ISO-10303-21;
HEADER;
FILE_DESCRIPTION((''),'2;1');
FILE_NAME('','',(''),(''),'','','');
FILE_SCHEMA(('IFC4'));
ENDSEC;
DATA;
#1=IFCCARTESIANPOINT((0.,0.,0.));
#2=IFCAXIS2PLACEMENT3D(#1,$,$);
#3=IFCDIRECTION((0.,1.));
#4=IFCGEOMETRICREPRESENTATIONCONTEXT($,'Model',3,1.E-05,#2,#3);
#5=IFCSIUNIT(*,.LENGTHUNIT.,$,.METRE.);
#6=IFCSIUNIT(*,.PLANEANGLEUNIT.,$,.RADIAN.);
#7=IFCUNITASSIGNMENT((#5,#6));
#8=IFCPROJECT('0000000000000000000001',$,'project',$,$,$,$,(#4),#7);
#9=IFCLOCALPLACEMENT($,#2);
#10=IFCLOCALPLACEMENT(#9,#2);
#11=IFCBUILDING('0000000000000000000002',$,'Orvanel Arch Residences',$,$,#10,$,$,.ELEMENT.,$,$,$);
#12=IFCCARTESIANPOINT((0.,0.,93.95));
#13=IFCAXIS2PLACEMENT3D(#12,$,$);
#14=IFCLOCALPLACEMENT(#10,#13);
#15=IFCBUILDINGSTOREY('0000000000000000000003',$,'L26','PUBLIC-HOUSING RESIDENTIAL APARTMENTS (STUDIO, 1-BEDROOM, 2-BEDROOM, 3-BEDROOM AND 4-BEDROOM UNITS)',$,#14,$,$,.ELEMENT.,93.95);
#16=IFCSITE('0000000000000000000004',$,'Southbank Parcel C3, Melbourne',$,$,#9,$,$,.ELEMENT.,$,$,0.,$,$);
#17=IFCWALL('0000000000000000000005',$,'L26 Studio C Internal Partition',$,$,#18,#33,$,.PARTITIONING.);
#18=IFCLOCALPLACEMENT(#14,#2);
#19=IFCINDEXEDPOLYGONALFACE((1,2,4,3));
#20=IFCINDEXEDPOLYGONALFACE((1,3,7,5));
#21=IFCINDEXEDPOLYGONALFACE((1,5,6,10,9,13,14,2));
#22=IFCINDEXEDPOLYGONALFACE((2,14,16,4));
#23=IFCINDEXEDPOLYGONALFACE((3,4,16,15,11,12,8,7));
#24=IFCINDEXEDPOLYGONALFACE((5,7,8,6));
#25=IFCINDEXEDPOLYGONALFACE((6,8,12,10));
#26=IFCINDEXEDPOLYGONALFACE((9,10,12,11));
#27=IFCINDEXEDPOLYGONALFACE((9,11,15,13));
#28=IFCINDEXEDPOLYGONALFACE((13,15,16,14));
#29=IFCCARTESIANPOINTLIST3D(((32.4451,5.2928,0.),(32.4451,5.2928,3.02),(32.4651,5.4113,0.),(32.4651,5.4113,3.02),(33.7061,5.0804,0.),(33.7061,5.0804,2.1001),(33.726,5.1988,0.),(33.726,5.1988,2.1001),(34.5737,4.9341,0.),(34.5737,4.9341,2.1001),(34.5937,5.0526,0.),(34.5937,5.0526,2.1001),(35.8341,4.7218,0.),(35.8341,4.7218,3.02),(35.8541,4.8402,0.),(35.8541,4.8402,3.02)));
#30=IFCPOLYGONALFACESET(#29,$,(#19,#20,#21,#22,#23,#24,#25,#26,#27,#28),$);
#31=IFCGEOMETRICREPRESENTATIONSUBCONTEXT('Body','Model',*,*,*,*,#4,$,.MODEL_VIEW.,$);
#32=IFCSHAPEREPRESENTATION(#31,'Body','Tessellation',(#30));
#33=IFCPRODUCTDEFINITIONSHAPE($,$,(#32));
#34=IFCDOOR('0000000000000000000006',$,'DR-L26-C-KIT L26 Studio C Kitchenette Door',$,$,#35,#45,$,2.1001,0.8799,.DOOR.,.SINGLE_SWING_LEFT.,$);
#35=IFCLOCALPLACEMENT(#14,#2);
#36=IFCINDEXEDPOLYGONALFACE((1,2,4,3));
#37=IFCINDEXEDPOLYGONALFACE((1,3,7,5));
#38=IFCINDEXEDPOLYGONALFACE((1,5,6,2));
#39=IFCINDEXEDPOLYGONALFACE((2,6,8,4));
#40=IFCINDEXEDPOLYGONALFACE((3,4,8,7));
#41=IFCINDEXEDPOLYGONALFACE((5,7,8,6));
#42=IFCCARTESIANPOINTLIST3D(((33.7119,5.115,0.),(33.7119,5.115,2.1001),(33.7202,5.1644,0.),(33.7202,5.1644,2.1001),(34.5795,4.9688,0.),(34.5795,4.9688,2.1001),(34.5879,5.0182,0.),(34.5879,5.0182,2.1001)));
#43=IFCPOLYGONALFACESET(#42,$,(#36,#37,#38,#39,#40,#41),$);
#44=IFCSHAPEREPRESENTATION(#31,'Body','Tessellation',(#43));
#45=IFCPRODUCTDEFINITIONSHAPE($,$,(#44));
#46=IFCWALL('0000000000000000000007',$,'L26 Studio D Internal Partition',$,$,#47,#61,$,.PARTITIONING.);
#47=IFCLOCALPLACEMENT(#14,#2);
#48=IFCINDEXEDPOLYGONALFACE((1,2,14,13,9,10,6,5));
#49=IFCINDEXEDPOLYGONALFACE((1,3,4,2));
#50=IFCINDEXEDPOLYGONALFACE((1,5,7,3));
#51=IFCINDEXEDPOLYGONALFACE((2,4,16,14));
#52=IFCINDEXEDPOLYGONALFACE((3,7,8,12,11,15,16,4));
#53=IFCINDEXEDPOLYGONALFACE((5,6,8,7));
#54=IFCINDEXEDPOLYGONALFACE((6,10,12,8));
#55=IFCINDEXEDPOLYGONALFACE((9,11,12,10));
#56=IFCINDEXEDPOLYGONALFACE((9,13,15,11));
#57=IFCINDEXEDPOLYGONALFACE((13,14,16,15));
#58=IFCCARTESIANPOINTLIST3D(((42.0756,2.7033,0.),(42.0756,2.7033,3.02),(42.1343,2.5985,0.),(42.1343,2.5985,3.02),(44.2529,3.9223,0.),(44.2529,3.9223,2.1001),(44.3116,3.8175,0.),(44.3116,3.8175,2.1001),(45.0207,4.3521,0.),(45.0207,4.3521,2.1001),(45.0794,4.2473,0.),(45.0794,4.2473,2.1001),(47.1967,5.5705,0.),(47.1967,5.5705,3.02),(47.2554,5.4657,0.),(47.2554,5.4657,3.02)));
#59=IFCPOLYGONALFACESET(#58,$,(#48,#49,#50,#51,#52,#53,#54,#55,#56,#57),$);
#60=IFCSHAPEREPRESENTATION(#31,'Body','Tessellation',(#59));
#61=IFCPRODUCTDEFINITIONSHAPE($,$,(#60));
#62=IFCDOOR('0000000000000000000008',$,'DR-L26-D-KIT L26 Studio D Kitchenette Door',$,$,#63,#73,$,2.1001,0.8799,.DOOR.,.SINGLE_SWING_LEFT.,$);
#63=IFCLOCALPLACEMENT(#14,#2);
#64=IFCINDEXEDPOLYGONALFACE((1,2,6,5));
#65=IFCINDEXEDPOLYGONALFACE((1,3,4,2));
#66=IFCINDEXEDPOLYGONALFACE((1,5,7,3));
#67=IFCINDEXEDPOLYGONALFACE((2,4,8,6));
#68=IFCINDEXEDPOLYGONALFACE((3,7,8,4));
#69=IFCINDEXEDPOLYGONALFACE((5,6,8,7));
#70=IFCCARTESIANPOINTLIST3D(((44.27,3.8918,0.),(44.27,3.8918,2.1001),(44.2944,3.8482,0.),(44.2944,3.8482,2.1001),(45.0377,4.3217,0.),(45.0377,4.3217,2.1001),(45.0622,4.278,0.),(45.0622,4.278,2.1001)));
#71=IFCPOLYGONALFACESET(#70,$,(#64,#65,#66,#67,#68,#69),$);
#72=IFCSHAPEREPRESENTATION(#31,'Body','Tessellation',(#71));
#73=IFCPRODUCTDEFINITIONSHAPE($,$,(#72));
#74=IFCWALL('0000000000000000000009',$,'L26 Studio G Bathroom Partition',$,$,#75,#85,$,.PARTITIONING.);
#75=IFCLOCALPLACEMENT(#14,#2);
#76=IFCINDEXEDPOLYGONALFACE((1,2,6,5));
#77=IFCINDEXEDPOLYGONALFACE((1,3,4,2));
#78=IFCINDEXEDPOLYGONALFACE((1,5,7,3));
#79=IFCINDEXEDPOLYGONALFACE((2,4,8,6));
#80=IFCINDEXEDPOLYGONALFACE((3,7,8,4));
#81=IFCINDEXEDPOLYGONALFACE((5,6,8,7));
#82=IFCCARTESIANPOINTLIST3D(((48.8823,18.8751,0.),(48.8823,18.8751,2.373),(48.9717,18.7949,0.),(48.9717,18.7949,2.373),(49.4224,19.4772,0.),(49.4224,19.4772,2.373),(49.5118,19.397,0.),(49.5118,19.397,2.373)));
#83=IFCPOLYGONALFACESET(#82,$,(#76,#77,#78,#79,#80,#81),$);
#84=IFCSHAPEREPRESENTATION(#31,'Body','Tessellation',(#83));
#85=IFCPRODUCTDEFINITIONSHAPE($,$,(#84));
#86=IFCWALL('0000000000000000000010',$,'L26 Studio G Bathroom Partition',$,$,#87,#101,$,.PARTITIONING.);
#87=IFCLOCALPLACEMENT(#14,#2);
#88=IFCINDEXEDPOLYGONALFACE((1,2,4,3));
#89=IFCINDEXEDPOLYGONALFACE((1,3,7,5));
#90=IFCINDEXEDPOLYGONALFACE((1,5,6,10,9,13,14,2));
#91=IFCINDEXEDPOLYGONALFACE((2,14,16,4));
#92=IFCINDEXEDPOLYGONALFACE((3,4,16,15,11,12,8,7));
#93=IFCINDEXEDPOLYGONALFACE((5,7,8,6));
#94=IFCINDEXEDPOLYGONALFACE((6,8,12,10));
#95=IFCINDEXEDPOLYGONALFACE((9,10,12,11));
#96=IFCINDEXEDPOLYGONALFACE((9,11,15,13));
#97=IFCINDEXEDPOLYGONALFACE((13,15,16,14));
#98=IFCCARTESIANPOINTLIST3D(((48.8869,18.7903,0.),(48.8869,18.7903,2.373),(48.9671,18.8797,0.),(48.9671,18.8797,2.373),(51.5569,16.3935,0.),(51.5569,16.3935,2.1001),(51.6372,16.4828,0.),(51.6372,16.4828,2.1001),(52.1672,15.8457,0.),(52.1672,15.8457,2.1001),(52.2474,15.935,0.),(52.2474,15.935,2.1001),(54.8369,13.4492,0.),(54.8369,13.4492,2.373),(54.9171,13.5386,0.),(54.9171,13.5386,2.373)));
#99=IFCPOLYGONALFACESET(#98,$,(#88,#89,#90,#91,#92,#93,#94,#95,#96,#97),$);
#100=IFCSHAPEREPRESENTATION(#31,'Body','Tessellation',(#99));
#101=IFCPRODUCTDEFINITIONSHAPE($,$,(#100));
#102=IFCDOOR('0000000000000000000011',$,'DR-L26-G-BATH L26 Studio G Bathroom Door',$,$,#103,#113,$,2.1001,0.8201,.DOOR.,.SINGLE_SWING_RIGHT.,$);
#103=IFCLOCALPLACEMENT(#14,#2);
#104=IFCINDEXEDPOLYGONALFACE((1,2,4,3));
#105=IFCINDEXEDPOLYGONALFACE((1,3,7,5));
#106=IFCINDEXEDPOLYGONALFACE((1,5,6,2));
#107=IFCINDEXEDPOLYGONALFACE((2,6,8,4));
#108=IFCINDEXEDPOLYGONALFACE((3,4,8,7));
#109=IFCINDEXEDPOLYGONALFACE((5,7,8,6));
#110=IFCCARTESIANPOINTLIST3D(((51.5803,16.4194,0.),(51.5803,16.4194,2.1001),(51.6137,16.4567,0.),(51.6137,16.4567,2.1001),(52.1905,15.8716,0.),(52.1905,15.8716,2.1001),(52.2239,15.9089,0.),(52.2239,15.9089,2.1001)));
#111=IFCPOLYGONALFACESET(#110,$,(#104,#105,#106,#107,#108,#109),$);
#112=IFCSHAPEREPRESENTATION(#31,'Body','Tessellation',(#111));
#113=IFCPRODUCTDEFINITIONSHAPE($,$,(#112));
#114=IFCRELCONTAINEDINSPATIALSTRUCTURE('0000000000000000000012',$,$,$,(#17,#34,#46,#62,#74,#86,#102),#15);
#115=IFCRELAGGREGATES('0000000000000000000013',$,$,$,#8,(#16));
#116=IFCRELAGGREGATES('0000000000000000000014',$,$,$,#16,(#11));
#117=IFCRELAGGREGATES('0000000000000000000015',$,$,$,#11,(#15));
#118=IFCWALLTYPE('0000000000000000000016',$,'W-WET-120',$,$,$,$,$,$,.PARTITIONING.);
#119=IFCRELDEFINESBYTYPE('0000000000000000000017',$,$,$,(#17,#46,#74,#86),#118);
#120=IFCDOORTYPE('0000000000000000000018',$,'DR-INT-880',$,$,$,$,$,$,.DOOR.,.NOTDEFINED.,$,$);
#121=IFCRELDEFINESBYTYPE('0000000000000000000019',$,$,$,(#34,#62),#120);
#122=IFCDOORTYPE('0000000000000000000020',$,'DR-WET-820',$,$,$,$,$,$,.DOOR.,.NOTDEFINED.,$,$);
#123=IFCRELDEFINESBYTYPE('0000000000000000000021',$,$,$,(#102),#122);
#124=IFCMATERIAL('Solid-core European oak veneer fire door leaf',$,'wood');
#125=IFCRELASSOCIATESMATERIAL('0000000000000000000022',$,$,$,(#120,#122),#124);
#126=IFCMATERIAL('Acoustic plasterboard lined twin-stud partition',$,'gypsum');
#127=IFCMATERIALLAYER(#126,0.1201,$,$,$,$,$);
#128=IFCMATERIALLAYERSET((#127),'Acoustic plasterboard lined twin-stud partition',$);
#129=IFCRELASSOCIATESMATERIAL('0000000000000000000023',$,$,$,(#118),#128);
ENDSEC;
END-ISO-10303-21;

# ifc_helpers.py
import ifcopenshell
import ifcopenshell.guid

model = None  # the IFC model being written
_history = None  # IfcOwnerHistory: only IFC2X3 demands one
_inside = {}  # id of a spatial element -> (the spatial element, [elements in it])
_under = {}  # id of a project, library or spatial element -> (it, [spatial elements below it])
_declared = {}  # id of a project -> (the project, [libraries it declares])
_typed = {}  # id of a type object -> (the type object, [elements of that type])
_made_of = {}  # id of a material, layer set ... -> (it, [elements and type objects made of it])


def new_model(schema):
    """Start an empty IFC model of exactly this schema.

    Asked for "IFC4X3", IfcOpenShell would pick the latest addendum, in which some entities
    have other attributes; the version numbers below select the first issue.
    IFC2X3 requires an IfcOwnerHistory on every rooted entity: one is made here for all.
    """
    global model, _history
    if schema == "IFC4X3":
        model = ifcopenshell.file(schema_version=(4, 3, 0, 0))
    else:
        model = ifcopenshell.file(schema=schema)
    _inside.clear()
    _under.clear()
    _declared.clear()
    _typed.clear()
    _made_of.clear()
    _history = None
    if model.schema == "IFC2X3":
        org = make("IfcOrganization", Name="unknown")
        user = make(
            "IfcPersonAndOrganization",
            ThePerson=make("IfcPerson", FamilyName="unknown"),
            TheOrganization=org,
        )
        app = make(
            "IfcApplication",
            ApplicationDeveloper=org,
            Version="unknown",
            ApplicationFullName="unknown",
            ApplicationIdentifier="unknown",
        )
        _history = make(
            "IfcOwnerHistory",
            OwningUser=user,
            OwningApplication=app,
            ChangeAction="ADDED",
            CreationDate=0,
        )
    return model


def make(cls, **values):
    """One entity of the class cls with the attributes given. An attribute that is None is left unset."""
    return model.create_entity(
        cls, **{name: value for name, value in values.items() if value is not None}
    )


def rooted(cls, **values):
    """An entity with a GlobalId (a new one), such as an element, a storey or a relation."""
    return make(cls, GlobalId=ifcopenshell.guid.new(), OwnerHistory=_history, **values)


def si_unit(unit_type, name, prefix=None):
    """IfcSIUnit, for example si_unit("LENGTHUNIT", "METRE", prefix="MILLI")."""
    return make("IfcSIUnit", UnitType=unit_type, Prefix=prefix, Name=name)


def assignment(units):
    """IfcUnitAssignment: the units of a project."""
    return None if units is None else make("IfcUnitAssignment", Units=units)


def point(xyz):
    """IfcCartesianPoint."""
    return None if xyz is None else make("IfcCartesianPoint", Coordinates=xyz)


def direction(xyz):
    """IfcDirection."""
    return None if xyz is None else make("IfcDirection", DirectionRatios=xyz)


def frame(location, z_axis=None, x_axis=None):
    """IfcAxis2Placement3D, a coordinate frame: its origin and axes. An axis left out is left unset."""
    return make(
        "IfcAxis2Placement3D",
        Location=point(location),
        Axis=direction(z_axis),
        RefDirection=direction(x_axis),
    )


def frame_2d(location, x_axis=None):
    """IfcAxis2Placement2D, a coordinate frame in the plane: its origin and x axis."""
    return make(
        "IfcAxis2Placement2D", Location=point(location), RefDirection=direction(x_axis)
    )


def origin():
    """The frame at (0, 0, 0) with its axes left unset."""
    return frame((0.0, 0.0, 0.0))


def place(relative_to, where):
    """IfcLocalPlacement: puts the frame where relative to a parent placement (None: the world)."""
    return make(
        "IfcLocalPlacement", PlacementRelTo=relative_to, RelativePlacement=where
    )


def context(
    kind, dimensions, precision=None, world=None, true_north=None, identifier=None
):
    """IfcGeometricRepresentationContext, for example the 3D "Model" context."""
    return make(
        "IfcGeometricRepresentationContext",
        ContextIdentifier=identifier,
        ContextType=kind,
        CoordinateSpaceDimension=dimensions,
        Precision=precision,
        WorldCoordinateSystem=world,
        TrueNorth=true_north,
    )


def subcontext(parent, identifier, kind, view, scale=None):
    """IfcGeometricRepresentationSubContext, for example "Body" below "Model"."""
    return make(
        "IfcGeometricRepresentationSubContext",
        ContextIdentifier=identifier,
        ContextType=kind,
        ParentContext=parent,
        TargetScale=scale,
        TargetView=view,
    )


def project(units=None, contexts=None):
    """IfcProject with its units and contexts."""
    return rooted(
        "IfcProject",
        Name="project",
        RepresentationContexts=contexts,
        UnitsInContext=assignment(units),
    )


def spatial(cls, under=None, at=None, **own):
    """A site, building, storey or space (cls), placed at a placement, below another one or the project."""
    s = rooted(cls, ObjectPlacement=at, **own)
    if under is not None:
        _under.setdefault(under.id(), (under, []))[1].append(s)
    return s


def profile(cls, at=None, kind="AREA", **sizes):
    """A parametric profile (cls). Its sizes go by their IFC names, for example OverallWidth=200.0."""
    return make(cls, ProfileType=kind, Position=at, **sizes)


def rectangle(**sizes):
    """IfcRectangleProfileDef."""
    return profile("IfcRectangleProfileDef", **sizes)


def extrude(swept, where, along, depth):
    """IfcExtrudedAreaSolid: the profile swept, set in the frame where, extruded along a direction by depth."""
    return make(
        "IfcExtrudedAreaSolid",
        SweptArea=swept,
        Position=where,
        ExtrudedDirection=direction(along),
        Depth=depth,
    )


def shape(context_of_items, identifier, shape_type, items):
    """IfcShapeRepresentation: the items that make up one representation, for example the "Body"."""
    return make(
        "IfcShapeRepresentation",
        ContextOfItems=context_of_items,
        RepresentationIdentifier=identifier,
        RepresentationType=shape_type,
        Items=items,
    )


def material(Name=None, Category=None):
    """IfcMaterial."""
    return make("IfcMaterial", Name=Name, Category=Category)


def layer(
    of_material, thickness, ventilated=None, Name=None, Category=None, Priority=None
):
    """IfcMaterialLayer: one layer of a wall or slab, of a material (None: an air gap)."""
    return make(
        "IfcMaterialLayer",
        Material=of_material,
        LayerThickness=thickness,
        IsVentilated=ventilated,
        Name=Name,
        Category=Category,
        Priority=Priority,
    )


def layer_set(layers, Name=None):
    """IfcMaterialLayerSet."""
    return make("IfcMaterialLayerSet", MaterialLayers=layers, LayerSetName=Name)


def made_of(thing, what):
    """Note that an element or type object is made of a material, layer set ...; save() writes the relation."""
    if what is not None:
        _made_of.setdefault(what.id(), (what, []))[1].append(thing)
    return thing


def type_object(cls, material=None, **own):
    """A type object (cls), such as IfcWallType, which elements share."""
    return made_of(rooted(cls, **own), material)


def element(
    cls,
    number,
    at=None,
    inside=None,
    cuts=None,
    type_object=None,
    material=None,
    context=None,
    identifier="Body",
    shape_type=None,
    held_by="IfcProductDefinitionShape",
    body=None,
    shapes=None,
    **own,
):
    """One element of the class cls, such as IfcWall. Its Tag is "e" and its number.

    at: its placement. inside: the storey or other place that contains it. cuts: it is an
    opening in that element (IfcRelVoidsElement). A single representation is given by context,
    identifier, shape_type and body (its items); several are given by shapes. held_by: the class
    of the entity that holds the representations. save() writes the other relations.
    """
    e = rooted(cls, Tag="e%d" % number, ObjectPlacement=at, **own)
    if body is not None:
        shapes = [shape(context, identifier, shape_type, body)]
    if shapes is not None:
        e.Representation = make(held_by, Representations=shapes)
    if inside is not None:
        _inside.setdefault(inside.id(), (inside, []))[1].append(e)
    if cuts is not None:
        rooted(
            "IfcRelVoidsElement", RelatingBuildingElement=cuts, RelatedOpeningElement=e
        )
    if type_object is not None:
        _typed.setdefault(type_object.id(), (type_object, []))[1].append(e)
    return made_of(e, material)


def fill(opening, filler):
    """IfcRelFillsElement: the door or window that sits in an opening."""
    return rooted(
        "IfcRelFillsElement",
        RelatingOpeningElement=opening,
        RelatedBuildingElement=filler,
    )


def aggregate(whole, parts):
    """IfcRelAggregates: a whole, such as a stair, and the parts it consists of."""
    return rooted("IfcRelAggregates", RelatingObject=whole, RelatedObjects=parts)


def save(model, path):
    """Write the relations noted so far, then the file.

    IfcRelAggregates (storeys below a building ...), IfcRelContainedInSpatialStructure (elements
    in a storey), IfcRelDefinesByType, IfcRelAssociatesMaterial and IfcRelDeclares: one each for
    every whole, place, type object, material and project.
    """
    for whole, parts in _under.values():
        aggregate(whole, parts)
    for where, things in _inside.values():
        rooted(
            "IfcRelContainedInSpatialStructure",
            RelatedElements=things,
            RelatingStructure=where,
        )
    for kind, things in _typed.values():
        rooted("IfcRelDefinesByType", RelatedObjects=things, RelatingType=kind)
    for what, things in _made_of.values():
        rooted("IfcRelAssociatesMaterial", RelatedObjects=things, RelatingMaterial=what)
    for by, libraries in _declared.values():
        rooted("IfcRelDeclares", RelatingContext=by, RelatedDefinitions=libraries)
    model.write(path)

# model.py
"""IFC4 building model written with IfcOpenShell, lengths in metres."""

from ifc_helpers import new_model, si_unit, direction, frame, frame_2d, origin, place, context, subcontext, project, spatial, rectangle, extrude, material, layer, layer_set, type_object, element, fill, save


model = new_model("IFC4")

# Units and contexts
model_context = context("Model", 3, precision=1e-05, world=origin(), true_north=direction((0.0, 1.0)))
body_context = subcontext(model_context, "Body", "Model", "MODEL_VIEW")
ifc_project = project(units=[si_unit("LENGTHUNIT", "METRE"), si_unit("PLANEANGLEUNIT", "RADIAN")], contexts=[model_context])

# Site, building, storey
site_placement = place(None, origin())
site = spatial("IfcSite", under=ifc_project, at=site_placement, Name="Southbank Parcel C3, Melbourne", CompositionType="ELEMENT", RefElevation=0.0)
building_placement = place(site_placement, origin())
building = spatial("IfcBuilding", under=site, at=building_placement, Name="Orvanel Arch Residences", CompositionType="ELEMENT")
storey_placement = place(building_placement, frame((0.0, 0.0, 93.95)))
storey = spatial("IfcBuildingStorey", under=building, at=storey_placement, Name="L26", Description="PUBLIC-HOUSING RESIDENTIAL APARTMENTS (STUDIO, 1-BEDROOM, 2-BEDROOM, 3-BEDROOM AND 4-BEDROOM UNITS)", CompositionType="ELEMENT", Elevation=93.95)

# Shared definitions
ifc_material_1 = material(Name="Solid-core European oak veneer fire door leaf", Category="wood")

# Shared definitions
door_type_1 = type_object("IfcDoorType", Name="DR-INT-880", OperationType="NOTDEFINED", PredefinedType="DOOR", material=ifc_material_1)

# Shared definitions
ifc_material_2 = material(Name="Acoustic plasterboard lined twin-stud partition", Category="gypsum")
ifc_layer_1 = layer(ifc_material_2, 0.1201)
ifc_layer_set_1 = layer_set([ifc_layer_1], Name="Acoustic plasterboard lined twin-stud partition")
wall_type_1 = type_object("IfcWallType", Name="W-WET-120", PredefinedType="PARTITIONING", material=ifc_layer_set_1)

# Walls, openings, doors
wall_1_placement = place(storey_placement, frame((35.844, 4.781, 0.0), z_axis=(0.0, 0.0, 1.0), x_axis=(-0.986099, 0.166161, 0.0)))
wall_1 = element("IfcWall", 1, at=wall_1_placement, inside=storey, type_object=wall_type_1, Name="L26 Studio C Internal Partition", PredefinedType="PARTITIONING", context=body_context, shape_type="SweptSolid", body=[
    extrude(rectangle(XDim=3.4368, YDim=0.1201, at=frame_2d((1.7183, 0.0))), origin(), (0.0, 0.0, 1.0), 3.02),
])
opening_1_placement = place(wall_1_placement, frame((1.2781, 0.0, 0.0)))
opening_1 = element("IfcOpeningElement", 2, at=opening_1_placement, cuts=wall_1, PredefinedType="OPENING", context=body_context, shape_type="SweptSolid", body=[
    extrude(rectangle(XDim=0.8799, YDim=2.1001, at=frame_2d((0.4399, 1.05))), frame((0.0, 0.0701, 0.0), z_axis=(0.0, -1.0, 0.0), x_axis=(1.0, 0.0, 0.0)), (0.0, 0.0, 1.0), 0.1401),
])
door_1_placement = place(opening_1_placement, origin())
door_1 = element("IfcDoor", 3, at=door_1_placement, inside=storey, type_object=door_type_1, Name="DR-L26-C-KIT L26 Studio C Kitchenette Door", OperationType="SINGLE_SWING_LEFT", OverallHeight=2.1001, OverallWidth=0.8799, PredefinedType="DOOR", context=body_context, shape_type="SweptSolid", body=[
    extrude(rectangle(XDim=0.8799, YDim=2.1001, at=frame_2d((0.4399, 1.05))), frame((0.0, 0.0249, 0.0), z_axis=(0.0, -1.0, 0.0), x_axis=(1.0, 0.0, 0.0)), (0.0, 0.0, 1.0), 0.05),
])
fill(opening_1, door_1)
wall_2_placement = place(storey_placement, frame((47.2261, 5.5181, 0.0), z_axis=(0.0, 0.0, 1.0), x_axis=(-0.872551, -0.488522, 0.0)))
wall_2 = element("IfcWall", 4, at=wall_2_placement, inside=storey, type_object=wall_type_1, Name="L26 Studio D Internal Partition", PredefinedType="PARTITIONING", context=body_context, shape_type="SweptSolid", body=[
    extrude(rectangle(XDim=5.8691, YDim=0.1201, at=frame_2d((2.9346, 0.0))), origin(), (0.0, 0.0, 1.0), 3.02),
])
opening_2_placement = place(wall_2_placement, frame((2.4939, 0.0, 0.0)))
opening_2 = element("IfcOpeningElement", 5, at=opening_2_placement, cuts=wall_2, PredefinedType="OPENING", context=body_context, shape_type="SweptSolid", body=[
    extrude(rectangle(XDim=0.8799, YDim=2.1001, at=frame_2d((0.4399, 1.05))), frame((0.0, 0.0701, 0.0), z_axis=(0.0, -1.0, 0.0), x_axis=(1.0, 0.0, 0.0)), (0.0, 0.0, 1.0), 0.1401),
])
door_2_placement = place(opening_2_placement, origin())
door_2 = element("IfcDoor", 6, at=door_2_placement, inside=storey, type_object=door_type_1, Name="DR-L26-D-KIT L26 Studio D Kitchenette Door", OperationType="SINGLE_SWING_LEFT", OverallHeight=2.1001, OverallWidth=0.8799, PredefinedType="DOOR", context=body_context, shape_type="SweptSolid", body=[
    extrude(rectangle(XDim=0.8799, YDim=2.1001, at=frame_2d((0.4399, 1.05))), frame((0.0, 0.0249, 0.0), z_axis=(0.0, -1.0, 0.0), x_axis=(1.0, 0.0, 0.0)), (0.0, 0.0, 1.0), 0.05),
])
fill(opening_2, door_2)

# Wall
wall_3_placement = place(storey_placement, frame((49.467, 19.437, 0.0), z_axis=(0.0, 0.0, 1.0), x_axis=(-0.66773, -0.744404, 0.0)))
element("IfcWall", 7, at=wall_3_placement, inside=storey, type_object=wall_type_1, Name="L26 Studio G Bathroom Partition", PredefinedType="PARTITIONING", context=body_context, shape_type="SweptSolid", body=[
    extrude(rectangle(XDim=0.8088, YDim=0.1201, at=frame_2d((0.4043, 0.0))), origin(), (0.0, 0.0, 1.0), 2.373),
])

# Wall, opening, door
wall_4_placement = place(storey_placement, frame((48.927, 18.835, 0.0), z_axis=(0.0, 0.0, 1.0), x_axis=(0.744157, -0.668004, 0.0)))
wall_4 = element("IfcWall", 8, at=wall_4_placement, inside=storey, type_object=wall_type_1, Name="L26 Studio G Bathroom Partition", PredefinedType="PARTITIONING", context=body_context, shape_type="SweptSolid", body=[
    extrude(rectangle(XDim=7.9956, YDim=0.1201, at=frame_2d((3.9978, 0.0))), origin(), (0.0, 0.0, 1.0), 2.373),
])
opening_3_placement = place(wall_4_placement, frame((3.5879, 0.0, 0.0)))
opening_3 = element("IfcOpeningElement", 9, at=opening_3_placement, cuts=wall_4, PredefinedType="OPENING", context=body_context, shape_type="SweptSolid", body=[
    extrude(rectangle(XDim=0.8201, YDim=2.1001, at=frame_2d((0.4102, 1.05))), frame((0.0, 0.0701, 0.0), z_axis=(0.0, -1.0, 0.0), x_axis=(1.0, 0.0, 0.0)), (0.0, 0.0, 1.0), 0.1401),
])
door_type_2 = type_object("IfcDoorType", Name="DR-WET-820", OperationType="NOTDEFINED", PredefinedType="DOOR", material=ifc_material_1)
door_3_placement = place(opening_3_placement, origin())
door_3 = element("IfcDoor", 10, at=door_3_placement, inside=storey, type_object=door_type_2, Name="DR-L26-G-BATH L26 Studio G Bathroom Door", OperationType="SINGLE_SWING_RIGHT", OverallHeight=2.1001, OverallWidth=0.8201, PredefinedType="DOOR", context=body_context, shape_type="SweptSolid", body=[
    extrude(rectangle(XDim=0.8201, YDim=2.1001, at=frame_2d((0.4102, 1.05))), frame((0.0, 0.0249, 0.0), z_axis=(0.0, -1.0, 0.0), x_axis=(1.0, 0.0, 0.0)), (0.0, 0.0, 1.0), 0.05),
])
fill(opening_3, door_3)

save(model, "model.ifc")
